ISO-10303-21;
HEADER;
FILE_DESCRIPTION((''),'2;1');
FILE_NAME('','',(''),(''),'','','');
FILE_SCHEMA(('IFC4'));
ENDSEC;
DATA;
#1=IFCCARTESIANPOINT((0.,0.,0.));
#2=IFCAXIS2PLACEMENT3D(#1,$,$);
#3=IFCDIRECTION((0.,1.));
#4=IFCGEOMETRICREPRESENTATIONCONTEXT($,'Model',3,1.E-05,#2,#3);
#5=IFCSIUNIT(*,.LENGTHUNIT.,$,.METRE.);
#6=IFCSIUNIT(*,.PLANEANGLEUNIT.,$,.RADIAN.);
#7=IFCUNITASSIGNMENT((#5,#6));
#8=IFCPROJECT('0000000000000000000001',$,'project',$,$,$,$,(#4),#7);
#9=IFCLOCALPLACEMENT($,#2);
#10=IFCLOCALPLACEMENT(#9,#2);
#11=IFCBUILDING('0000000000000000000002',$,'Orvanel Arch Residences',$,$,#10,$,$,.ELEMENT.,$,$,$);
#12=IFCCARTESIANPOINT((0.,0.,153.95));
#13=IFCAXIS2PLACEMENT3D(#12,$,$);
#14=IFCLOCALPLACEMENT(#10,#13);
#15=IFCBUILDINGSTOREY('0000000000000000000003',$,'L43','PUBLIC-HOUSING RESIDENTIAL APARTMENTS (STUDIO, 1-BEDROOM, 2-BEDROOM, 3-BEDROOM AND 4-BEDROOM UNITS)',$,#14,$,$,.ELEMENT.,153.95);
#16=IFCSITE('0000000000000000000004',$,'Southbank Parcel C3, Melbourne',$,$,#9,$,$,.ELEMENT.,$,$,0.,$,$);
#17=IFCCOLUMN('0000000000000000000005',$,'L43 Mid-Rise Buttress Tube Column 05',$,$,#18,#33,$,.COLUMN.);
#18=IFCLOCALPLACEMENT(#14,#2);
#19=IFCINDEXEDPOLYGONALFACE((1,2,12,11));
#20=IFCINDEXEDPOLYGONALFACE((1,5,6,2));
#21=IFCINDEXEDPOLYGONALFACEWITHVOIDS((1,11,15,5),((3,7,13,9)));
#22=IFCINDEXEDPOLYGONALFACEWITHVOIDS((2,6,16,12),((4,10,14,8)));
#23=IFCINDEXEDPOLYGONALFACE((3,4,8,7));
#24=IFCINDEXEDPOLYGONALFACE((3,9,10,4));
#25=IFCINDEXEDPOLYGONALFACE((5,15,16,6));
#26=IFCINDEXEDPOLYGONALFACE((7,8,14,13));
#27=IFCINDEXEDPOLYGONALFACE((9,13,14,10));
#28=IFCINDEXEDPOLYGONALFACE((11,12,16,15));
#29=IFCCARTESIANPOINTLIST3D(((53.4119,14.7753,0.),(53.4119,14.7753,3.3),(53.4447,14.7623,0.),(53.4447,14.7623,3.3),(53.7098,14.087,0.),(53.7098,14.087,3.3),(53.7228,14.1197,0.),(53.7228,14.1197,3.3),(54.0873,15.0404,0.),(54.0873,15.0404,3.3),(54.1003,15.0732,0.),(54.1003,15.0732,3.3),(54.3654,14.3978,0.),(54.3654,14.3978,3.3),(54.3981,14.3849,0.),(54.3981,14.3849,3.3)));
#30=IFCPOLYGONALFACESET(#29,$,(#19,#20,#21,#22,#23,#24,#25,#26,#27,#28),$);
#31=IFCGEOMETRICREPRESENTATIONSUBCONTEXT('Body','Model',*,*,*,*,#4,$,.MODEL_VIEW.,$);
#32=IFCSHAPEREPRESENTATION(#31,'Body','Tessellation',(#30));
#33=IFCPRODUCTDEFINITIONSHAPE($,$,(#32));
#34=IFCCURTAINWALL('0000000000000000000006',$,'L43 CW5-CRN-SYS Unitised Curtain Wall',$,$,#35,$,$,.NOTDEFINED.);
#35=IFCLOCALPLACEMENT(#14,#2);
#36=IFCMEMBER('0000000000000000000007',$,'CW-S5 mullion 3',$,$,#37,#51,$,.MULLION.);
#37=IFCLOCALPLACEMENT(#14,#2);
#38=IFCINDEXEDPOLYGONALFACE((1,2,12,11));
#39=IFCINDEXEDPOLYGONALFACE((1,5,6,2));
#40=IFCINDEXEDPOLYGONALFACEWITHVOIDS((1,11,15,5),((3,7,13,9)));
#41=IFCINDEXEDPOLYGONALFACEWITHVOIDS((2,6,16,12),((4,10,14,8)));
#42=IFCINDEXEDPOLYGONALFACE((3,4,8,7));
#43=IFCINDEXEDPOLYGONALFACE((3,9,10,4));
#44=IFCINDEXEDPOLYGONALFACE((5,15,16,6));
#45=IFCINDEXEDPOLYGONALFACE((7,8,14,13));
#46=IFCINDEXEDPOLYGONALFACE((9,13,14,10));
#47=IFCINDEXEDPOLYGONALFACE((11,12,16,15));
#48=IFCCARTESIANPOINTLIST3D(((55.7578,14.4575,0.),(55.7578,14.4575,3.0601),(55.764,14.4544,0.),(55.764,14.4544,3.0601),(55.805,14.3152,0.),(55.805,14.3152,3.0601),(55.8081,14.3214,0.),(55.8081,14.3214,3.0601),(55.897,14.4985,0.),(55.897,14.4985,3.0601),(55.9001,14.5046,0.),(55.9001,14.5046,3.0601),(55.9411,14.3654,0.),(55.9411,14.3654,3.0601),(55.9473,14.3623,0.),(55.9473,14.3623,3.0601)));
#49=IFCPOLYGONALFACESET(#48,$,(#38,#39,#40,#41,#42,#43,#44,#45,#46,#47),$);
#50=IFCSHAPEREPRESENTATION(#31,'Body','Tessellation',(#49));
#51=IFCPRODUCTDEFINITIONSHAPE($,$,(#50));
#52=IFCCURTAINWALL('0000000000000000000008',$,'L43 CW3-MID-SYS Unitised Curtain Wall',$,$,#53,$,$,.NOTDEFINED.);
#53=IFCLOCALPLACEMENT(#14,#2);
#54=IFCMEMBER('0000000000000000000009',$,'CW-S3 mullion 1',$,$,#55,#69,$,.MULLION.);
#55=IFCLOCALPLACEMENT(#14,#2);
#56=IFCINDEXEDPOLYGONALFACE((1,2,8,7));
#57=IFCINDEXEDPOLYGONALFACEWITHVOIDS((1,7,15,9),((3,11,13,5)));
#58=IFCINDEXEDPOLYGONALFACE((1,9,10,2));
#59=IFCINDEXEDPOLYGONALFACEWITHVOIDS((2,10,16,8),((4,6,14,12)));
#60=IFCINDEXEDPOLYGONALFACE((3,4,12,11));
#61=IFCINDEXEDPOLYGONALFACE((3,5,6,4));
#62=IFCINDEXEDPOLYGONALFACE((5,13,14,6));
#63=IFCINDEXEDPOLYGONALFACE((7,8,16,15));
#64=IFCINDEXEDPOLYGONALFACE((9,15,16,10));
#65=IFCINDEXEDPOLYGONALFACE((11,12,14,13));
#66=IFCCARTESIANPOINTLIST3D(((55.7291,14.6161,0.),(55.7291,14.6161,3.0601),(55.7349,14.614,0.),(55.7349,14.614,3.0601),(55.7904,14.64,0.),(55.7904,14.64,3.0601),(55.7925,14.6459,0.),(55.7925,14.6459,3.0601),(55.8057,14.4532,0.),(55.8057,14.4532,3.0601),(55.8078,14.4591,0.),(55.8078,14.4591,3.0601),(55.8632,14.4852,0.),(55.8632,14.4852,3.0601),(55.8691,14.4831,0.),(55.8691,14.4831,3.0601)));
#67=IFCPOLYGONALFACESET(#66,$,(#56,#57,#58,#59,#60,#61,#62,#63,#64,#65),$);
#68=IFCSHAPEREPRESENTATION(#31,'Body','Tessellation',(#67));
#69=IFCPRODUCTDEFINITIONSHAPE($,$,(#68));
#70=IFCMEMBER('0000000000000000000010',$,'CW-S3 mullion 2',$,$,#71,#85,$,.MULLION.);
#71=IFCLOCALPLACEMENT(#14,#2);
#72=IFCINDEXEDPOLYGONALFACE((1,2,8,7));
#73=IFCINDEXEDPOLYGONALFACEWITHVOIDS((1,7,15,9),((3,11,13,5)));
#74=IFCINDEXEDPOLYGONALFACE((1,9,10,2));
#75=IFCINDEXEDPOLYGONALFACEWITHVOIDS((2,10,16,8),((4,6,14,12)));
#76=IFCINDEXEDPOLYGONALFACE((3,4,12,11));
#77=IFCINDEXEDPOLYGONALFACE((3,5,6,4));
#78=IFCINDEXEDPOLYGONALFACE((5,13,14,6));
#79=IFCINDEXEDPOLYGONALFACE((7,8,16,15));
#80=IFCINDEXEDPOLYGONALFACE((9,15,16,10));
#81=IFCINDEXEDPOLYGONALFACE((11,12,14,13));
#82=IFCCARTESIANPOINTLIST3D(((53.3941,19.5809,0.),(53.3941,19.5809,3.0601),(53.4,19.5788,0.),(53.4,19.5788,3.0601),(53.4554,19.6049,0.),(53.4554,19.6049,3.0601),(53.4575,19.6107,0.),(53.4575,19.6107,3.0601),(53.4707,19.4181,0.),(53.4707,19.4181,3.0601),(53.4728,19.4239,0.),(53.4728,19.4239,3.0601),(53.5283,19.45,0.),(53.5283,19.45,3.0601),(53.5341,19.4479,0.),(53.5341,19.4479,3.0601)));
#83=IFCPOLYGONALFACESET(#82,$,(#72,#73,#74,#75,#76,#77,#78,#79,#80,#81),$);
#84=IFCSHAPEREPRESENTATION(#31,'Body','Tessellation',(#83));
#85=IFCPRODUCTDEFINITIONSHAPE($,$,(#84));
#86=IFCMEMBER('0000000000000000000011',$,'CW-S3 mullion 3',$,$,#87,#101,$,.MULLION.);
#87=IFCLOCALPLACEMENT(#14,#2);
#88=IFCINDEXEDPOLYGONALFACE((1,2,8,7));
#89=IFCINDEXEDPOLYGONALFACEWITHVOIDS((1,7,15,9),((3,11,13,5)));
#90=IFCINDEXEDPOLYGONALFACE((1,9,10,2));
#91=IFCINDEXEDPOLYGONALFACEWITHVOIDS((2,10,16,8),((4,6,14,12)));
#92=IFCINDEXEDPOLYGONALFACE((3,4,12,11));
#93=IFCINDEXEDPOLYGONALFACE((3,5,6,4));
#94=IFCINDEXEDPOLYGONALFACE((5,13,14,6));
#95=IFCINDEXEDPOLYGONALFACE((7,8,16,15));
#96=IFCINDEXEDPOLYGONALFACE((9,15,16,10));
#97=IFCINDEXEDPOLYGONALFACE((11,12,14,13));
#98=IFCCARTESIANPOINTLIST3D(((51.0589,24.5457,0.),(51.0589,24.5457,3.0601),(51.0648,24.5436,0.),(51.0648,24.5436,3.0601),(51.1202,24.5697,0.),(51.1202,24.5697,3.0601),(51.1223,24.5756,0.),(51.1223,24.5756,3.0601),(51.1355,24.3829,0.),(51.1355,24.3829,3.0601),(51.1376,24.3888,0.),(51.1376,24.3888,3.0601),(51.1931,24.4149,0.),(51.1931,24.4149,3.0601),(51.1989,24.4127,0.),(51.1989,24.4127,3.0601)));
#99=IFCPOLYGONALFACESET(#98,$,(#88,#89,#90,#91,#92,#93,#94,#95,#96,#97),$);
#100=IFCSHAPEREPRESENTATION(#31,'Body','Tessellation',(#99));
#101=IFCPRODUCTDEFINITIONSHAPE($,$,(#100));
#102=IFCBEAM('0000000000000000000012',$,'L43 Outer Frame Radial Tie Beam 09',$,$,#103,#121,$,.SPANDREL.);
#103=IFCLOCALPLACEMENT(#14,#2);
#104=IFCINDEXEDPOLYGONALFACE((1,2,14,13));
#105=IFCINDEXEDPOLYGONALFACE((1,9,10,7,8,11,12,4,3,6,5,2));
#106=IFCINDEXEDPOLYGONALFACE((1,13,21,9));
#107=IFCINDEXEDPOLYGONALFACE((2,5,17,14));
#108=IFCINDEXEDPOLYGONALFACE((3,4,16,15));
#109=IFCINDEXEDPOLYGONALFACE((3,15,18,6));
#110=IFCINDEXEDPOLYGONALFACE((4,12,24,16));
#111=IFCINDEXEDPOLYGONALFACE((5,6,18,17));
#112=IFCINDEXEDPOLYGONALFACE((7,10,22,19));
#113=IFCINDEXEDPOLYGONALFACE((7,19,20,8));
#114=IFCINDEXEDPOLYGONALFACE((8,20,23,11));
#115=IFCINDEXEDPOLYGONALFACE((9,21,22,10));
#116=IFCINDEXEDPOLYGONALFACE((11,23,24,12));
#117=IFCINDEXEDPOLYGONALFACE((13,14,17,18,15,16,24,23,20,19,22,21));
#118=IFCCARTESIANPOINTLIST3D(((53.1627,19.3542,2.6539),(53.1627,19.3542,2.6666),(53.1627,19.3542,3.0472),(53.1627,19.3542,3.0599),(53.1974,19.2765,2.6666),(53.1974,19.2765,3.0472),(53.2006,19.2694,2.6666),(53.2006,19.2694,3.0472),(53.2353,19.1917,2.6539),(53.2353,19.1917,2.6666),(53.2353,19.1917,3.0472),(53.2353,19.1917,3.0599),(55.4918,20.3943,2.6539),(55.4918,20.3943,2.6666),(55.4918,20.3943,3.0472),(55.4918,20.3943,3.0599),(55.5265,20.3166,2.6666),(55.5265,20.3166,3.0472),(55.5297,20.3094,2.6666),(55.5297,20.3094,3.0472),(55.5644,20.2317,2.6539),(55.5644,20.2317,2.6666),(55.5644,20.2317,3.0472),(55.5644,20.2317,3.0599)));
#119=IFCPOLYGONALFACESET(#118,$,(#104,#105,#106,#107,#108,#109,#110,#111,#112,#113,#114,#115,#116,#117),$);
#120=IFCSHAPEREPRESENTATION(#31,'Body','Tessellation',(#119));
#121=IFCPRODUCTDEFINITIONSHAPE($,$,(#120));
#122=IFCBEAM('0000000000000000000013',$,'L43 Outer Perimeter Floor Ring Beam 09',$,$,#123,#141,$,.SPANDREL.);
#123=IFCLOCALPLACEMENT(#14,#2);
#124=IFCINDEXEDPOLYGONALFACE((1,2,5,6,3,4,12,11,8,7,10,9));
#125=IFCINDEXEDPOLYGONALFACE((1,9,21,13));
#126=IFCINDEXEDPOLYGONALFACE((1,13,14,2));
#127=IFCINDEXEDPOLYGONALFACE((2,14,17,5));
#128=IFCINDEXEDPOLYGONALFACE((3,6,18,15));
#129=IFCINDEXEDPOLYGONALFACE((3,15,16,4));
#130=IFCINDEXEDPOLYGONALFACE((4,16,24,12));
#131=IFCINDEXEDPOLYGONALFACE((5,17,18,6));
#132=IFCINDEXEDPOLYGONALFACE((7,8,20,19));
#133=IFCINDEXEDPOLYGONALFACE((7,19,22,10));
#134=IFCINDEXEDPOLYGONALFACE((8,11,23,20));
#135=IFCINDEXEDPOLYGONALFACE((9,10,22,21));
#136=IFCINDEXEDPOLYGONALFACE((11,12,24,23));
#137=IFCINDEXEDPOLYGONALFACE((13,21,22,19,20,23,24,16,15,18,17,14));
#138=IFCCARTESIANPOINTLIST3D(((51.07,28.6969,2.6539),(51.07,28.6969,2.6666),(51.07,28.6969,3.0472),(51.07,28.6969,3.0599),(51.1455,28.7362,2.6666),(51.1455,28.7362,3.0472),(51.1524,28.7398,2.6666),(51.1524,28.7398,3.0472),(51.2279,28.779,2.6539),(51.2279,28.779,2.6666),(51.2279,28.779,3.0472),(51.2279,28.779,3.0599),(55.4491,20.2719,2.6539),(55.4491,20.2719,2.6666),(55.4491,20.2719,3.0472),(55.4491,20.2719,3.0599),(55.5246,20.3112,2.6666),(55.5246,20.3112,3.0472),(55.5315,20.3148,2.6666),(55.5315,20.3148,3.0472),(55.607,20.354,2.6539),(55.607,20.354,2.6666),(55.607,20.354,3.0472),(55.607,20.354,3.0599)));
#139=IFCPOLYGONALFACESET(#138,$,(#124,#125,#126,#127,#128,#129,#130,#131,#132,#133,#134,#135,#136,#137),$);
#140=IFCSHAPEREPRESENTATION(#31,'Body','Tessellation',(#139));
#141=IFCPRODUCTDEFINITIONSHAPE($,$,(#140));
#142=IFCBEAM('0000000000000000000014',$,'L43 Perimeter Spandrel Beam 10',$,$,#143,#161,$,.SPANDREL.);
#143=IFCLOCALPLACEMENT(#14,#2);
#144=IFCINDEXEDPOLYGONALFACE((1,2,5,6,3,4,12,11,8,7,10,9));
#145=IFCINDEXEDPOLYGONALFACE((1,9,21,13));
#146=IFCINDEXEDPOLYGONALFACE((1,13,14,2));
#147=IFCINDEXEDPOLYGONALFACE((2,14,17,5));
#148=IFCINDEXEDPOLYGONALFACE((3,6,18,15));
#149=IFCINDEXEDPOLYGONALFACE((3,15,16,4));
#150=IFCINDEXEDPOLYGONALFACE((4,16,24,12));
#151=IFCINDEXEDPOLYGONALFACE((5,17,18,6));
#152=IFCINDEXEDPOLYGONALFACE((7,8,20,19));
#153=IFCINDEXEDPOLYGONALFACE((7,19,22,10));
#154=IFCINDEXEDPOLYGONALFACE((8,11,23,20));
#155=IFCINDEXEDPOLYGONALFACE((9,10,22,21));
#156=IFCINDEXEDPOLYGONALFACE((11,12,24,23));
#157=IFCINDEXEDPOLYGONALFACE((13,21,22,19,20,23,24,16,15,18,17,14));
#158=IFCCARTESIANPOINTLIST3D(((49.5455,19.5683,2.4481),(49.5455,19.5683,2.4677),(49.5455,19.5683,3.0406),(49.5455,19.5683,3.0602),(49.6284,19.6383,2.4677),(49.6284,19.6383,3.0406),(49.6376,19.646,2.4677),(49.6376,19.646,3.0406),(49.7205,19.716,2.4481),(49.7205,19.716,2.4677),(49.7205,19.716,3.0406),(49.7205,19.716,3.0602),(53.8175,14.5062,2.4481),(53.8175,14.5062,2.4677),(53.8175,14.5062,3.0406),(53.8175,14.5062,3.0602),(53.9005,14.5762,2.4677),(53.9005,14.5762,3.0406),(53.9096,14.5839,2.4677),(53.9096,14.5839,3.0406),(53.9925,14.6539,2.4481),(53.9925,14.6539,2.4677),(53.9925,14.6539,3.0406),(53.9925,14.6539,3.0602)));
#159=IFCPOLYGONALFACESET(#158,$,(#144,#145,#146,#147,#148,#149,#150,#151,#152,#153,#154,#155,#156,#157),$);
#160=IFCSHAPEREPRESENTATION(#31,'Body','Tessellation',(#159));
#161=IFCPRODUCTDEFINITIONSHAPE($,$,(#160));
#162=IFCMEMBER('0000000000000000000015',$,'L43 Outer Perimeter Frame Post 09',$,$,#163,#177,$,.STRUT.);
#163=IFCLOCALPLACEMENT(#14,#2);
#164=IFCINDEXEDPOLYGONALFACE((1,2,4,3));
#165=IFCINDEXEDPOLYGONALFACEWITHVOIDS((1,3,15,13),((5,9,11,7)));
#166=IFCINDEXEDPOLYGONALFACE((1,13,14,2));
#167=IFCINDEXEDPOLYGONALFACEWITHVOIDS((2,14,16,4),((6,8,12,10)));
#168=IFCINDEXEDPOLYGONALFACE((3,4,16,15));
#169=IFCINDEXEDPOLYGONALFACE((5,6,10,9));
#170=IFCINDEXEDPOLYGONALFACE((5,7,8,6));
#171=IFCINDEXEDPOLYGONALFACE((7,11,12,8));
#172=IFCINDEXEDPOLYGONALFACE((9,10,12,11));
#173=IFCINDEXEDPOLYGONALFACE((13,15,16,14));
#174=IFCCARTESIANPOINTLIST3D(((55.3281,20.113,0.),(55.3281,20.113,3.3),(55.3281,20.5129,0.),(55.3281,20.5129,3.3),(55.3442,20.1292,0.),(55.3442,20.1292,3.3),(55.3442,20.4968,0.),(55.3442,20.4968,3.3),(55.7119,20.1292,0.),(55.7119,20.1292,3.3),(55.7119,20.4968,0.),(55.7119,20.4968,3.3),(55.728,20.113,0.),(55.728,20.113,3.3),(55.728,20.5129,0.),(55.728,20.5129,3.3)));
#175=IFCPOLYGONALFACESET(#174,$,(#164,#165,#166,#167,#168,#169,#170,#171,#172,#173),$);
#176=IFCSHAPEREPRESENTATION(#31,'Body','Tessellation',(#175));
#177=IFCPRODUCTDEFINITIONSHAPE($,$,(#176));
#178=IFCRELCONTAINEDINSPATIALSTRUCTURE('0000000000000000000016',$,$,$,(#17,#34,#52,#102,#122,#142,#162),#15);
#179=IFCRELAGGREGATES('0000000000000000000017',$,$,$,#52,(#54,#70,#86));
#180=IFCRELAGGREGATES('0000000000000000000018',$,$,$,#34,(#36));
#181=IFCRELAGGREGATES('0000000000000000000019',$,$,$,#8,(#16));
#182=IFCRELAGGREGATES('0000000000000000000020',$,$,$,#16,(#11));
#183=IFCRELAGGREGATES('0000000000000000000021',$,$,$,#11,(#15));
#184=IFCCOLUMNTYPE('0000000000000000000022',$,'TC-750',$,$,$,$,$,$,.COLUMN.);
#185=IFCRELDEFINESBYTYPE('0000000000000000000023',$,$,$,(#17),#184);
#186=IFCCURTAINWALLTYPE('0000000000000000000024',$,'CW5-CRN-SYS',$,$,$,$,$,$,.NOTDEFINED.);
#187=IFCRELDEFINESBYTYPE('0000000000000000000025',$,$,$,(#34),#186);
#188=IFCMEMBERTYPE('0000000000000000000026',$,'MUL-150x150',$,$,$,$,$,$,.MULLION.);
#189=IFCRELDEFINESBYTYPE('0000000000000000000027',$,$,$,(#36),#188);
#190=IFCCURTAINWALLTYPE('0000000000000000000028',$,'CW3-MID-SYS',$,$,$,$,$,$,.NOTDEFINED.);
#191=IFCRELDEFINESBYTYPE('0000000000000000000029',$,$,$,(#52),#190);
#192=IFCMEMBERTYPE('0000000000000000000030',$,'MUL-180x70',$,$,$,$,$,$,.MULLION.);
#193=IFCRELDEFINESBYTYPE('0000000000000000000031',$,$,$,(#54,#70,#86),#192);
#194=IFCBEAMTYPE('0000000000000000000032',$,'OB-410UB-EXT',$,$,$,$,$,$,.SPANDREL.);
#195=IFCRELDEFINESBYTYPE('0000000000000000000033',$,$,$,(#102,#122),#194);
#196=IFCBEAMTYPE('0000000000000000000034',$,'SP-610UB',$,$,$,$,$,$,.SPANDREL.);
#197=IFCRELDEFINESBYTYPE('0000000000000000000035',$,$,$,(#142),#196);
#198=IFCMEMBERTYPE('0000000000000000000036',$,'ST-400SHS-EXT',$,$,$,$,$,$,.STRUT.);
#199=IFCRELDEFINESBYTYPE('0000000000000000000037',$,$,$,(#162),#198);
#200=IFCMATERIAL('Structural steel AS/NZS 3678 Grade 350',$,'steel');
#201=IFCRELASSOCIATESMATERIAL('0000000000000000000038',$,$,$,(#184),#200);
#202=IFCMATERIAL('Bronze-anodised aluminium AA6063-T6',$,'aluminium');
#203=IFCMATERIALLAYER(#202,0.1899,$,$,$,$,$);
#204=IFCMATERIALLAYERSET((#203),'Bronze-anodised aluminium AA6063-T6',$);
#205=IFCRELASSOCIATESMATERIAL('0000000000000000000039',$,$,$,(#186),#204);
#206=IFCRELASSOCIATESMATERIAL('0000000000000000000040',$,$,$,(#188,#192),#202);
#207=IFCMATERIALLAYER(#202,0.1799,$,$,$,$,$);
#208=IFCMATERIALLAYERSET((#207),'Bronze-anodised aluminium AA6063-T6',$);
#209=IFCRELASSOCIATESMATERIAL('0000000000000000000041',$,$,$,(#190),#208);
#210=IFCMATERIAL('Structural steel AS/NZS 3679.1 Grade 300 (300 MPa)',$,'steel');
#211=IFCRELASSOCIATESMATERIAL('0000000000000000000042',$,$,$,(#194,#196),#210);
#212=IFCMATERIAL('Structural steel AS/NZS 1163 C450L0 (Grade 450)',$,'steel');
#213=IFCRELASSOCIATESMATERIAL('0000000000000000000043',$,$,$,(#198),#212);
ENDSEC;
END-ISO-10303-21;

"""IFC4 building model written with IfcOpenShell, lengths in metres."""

from ifc_helpers import new_model, si_unit, direction, frame, origin, origin_2d, place, context, subcontext, project, spatial, hollow_rectangle, i_section, extrude, material, layer, layer_set, material_profile, profile_set, type_object, element, aggregate, save


model = new_model("IFC4")

# Units and contexts
model_context = context("Model", 3, precision=1e-05, world=origin(), true_north=direction((0.0, 1.0)))
body_context = subcontext(model_context, "Body", "Model", "MODEL_VIEW")
ifc_project = project(units=[si_unit("LENGTHUNIT", "METRE"), si_unit("PLANEANGLEUNIT", "RADIAN")], contexts=[model_context])

# Site, building, storey
site_placement = place(None, origin())
site = spatial("IfcSite", under=ifc_project, at=site_placement, Name="Southbank Parcel C3, Melbourne", CompositionType="ELEMENT", RefElevation=0.0)
building_placement = place(site_placement, origin())
building = spatial("IfcBuilding", under=site, at=building_placement, Name="Orvanel Arch Residences", CompositionType="ELEMENT")
storey_placement = place(building_placement, frame((0.0, 0.0, 153.95)))
storey = spatial("IfcBuildingStorey", under=building, at=storey_placement, Name="L43", Description="PUBLIC-HOUSING RESIDENTIAL APARTMENTS (STUDIO, 1-BEDROOM, 2-BEDROOM, 3-BEDROOM AND 4-BEDROOM UNITS)", CompositionType="ELEMENT", Elevation=153.95)

# Column
ifc_material_1 = material(Name="Structural steel AS/NZS 3678 Grade 350", Category="steel")
ifc_material_profile_1 = material_profile(ifc_material_1, hollow_rectangle(XDim=0.75, YDim=0.75, WallThickness=0.0249, at=origin_2d()), Name="BOX750x750x25")
ifc_profile_set_1 = profile_set([ifc_material_profile_1], Name="Structural steel AS/NZS 3678 Grade 350")
column_type = type_object("IfcColumnType", Name="TC-750", PredefinedType="COLUMN", material=ifc_profile_set_1)
column_placement = place(storey_placement, frame((53.905, 14.5801, 0.0), z_axis=(0.0, 0.0, 1.0), x_axis=(-0.397148, 0.917755, 0.0)))
element("IfcColumn", 1, at=column_placement, inside=storey, type_object=column_type, Name="L43 Mid-Rise Buttress Tube Column 05", PredefinedType="COLUMN", context=body_context, shape_type="SweptSolid", body=[
    extrude(hollow_rectangle(XDim=0.75, YDim=0.75, WallThickness=0.0249, at=origin_2d()), origin(), (0.0, 0.0, 1.0), 3.3),
])

# Curtain wall, member
ifc_material_2 = material(Name="Bronze-anodised aluminium AA6063-T6", Category="aluminium")
ifc_layer_1 = layer(ifc_material_2, 0.1899)
ifc_layer_set_1 = layer_set([ifc_layer_1], Name="Bronze-anodised aluminium AA6063-T6")
curtain_wall_type_1 = type_object("IfcCurtainWallType", Name="CW5-CRN-SYS", PredefinedType="NOTDEFINED", material=ifc_layer_set_1)
curtain_wall_1_placement = place(storey_placement, origin())
curtain_wall_1 = element("IfcCurtainWall", 2, at=curtain_wall_1_placement, inside=storey, type_object=curtain_wall_type_1, Name="L43 CW5-CRN-SYS Unitised Curtain Wall", PredefinedType="NOTDEFINED")
ifc_material_profile_2 = material_profile(ifc_material_2, hollow_rectangle(XDim=0.1499, YDim=0.1499, WallThickness=0.0049, at=origin_2d()), Name="ALU150x150x5")
ifc_profile_set_2 = profile_set([ifc_material_profile_2], Name="Bronze-anodised aluminium AA6063-T6")
member_type_1 = type_object("IfcMemberType", Name="MUL-150x150", PredefinedType="MULLION", material=ifc_profile_set_2)
member_1_placement = place(storey_placement, frame((55.8525, 14.4099, 0.0), z_axis=(0.0, 0.0, 1.0), x_axis=(-0.949264, -0.31448, 0.0)))
member_1 = element("IfcMember", 3, at=member_1_placement, type_object=member_type_1, Name="CW-S5 mullion 3", PredefinedType="MULLION", context=body_context, shape_type="SweptSolid", body=[
    extrude(hollow_rectangle(XDim=0.1499, YDim=0.1499, WallThickness=0.0049, at=origin_2d()), origin(), (0.0, 0.0, 1.0), 3.0601),
])

# Curtain wall, members
ifc_layer_2 = layer(ifc_material_2, 0.1799)
ifc_layer_set_2 = layer_set([ifc_layer_2], Name="Bronze-anodised aluminium AA6063-T6")
curtain_wall_type_2 = type_object("IfcCurtainWallType", Name="CW3-MID-SYS", PredefinedType="NOTDEFINED", material=ifc_layer_set_2)
curtain_wall_2_placement = place(storey_placement, origin())
curtain_wall_2 = element("IfcCurtainWall", 4, at=curtain_wall_2_placement, inside=storey, type_object=curtain_wall_type_2, Name="L43 CW3-MID-SYS Unitised Curtain Wall", PredefinedType="NOTDEFINED")
ifc_material_profile_3 = material_profile(ifc_material_2, hollow_rectangle(XDim=0.0701, YDim=0.1799, WallThickness=0.0044, at=origin_2d()), Name="ALU180x70x4.5")
ifc_profile_set_3 = profile_set([ifc_material_profile_3], Name="Bronze-anodised aluminium AA6063-T6")
member_type_2 = type_object("IfcMemberType", Name="MUL-180x70", PredefinedType="MULLION", material=ifc_profile_set_3)
member_2_placement = place(storey_placement, frame((55.7991, 14.5496, 0.0), z_axis=(0.0, 0.0, 1.0), x_axis=(-0.904909, -0.425605, 0.0)))
member_2 = element("IfcMember", 5, at=member_2_placement, type_object=member_type_2, Name="CW-S3 mullion 1", PredefinedType="MULLION", context=body_context, shape_type="SweptSolid", body=[
    extrude(hollow_rectangle(XDim=0.0701, YDim=0.1799, WallThickness=0.0044, at=origin_2d()), origin(), (0.0, 0.0, 1.0), 3.0601),
])
member_3_placement = place(storey_placement, frame((53.4641, 19.5144, 0.0), z_axis=(0.0, 0.0, 1.0), x_axis=(-0.904909, -0.425605, 0.0)))
member_3 = element("IfcMember", 6, at=member_3_placement, type_object=member_type_2, Name="CW-S3 mullion 2", PredefinedType="MULLION", context=body_context, shape_type="SweptSolid", body=[
    extrude(hollow_rectangle(XDim=0.0701, YDim=0.1799, WallThickness=0.0044, at=origin_2d()), origin(), (0.0, 0.0, 1.0), 3.0601),
])
member_4_placement = place(storey_placement, frame((51.1289, 24.4792, 0.0), z_axis=(0.0, 0.0, 1.0), x_axis=(-0.904909, -0.425605, 0.0)))
member_4 = element("IfcMember", 7, at=member_4_placement, type_object=member_type_2, Name="CW-S3 mullion 3", PredefinedType="MULLION", context=body_context, shape_type="SweptSolid", body=[
    extrude(hollow_rectangle(XDim=0.0701, YDim=0.1799, WallThickness=0.0044, at=origin_2d()), origin(), (0.0, 0.0, 1.0), 3.0601),
])

# Beams
ifc_material_3 = material(Name="Structural steel AS/NZS 3679.1 Grade 300 (300 MPa)", Category="steel")
ifc_material_profile_4 = material_profile(ifc_material_3, i_section(OverallWidth=0.178, OverallDepth=0.406, WebThickness=0.0078, FlangeThickness=0.0127, at=origin_2d()), Name="410UB59.7")
ifc_profile_set_4 = profile_set([ifc_material_profile_4], Name="Structural steel AS/NZS 3679.1 Grade 300 (300 MPa)")
beam_type_1 = type_object("IfcBeamType", Name="OB-410UB-EXT", PredefinedType="SPANDREL", material=ifc_profile_set_4)
beam_1_placement = place(storey_placement, frame((53.199, 19.2729, 2.8569), z_axis=(0.9131, 0.407736, 0.0), x_axis=(-0.407736, 0.9131, 0.0)))
element("IfcBeam", 8, at=beam_1_placement, inside=storey, type_object=beam_type_1, Name="L43 Outer Frame Radial Tie Beam 09", PredefinedType="SPANDREL", context=body_context, shape_type="SweptSolid", body=[
    extrude(i_section(OverallWidth=0.178, OverallDepth=0.406, WebThickness=0.0078, FlangeThickness=0.0127, at=origin_2d()), origin(), (0.0, 0.0, 1.0), 2.5508),
])
beam_2_placement = place(storey_placement, frame((55.5281, 20.313, 2.8569), z_axis=(-0.461197, 0.887298, 0.0), x_axis=(-0.887298, -0.461197, 0.0)))
element("IfcBeam", 9, at=beam_2_placement, inside=storey, type_object=beam_type_1, Name="L43 Outer Perimeter Floor Ring Beam 09", PredefinedType="SPANDREL", context=body_context, shape_type="SweptSolid", body=[
    extrude(i_section(OverallWidth=0.178, OverallDepth=0.406, WebThickness=0.0078, FlangeThickness=0.0127, at=origin_2d()), origin(), (0.0, 0.0, 1.0), 9.4951),
])
ifc_material_profile_5 = material_profile(ifc_material_3, i_section(OverallWidth=0.229, OverallDepth=0.6121, WebThickness=0.012, FlangeThickness=0.0195, at=origin_2d()), Name="610UB125")
ifc_profile_set_5 = profile_set([ifc_material_profile_5], Name="Structural steel AS/NZS 3679.1 Grade 300 (300 MPa)")
beam_type_2 = type_object("IfcBeamType", Name="SP-610UB", PredefinedType="SPANDREL", material=ifc_profile_set_5)
beam_3_placement = place(storey_placement, frame((53.905, 14.5801, 2.7542), z_axis=(-0.64495, 0.764224, 0.0), x_axis=(-0.764224, -0.64495, 0.0)))
element("IfcBeam", 10, at=beam_3_placement, inside=storey, type_object=beam_type_2, Name="L43 Perimeter Spandrel Beam 10", PredefinedType="SPANDREL", context=body_context, shape_type="SweptSolid", body=[
    extrude(i_section(OverallWidth=0.229, OverallDepth=0.6121, WebThickness=0.012, FlangeThickness=0.0195, at=origin_2d()), origin(), (0.0, 0.0, 1.0), 6.6238),
])

# Member
ifc_material_4 = material(Name="Structural steel AS/NZS 1163 C450L0 (Grade 450)", Category="steel")
ifc_material_profile_6 = material_profile(ifc_material_4, hollow_rectangle(XDim=0.3999, YDim=0.3999, WallThickness=0.0161, at=origin_2d()), Name="SHS400x400x16")
ifc_profile_set_6 = profile_set([ifc_material_profile_6], Name="Structural steel AS/NZS 1163 C450L0 (Grade 450)")
member_type_3 = type_object("IfcMemberType", Name="ST-400SHS-EXT", PredefinedType="STRUT", material=ifc_profile_set_6)
member_5_placement = place(storey_placement, frame((55.5281, 20.313, 0.0), z_axis=(0.0, 0.0, 1.0), x_axis=(1.0, 0.0, 0.0)))
element("IfcMember", 11, at=member_5_placement, inside=storey, type_object=member_type_3, Name="L43 Outer Perimeter Frame Post 09", PredefinedType="STRUT", context=body_context, shape_type="SweptSolid", body=[
    extrude(hollow_rectangle(XDim=0.3999, YDim=0.3999, WallThickness=0.0161, at=origin_2d()), origin(), (0.0, 0.0, 1.0), 3.3),
])

aggregate(curtain_wall_2, [member_2, member_3, member_4])
aggregate(curtain_wall_1, [member_1])

save(model, "model.ifc")
